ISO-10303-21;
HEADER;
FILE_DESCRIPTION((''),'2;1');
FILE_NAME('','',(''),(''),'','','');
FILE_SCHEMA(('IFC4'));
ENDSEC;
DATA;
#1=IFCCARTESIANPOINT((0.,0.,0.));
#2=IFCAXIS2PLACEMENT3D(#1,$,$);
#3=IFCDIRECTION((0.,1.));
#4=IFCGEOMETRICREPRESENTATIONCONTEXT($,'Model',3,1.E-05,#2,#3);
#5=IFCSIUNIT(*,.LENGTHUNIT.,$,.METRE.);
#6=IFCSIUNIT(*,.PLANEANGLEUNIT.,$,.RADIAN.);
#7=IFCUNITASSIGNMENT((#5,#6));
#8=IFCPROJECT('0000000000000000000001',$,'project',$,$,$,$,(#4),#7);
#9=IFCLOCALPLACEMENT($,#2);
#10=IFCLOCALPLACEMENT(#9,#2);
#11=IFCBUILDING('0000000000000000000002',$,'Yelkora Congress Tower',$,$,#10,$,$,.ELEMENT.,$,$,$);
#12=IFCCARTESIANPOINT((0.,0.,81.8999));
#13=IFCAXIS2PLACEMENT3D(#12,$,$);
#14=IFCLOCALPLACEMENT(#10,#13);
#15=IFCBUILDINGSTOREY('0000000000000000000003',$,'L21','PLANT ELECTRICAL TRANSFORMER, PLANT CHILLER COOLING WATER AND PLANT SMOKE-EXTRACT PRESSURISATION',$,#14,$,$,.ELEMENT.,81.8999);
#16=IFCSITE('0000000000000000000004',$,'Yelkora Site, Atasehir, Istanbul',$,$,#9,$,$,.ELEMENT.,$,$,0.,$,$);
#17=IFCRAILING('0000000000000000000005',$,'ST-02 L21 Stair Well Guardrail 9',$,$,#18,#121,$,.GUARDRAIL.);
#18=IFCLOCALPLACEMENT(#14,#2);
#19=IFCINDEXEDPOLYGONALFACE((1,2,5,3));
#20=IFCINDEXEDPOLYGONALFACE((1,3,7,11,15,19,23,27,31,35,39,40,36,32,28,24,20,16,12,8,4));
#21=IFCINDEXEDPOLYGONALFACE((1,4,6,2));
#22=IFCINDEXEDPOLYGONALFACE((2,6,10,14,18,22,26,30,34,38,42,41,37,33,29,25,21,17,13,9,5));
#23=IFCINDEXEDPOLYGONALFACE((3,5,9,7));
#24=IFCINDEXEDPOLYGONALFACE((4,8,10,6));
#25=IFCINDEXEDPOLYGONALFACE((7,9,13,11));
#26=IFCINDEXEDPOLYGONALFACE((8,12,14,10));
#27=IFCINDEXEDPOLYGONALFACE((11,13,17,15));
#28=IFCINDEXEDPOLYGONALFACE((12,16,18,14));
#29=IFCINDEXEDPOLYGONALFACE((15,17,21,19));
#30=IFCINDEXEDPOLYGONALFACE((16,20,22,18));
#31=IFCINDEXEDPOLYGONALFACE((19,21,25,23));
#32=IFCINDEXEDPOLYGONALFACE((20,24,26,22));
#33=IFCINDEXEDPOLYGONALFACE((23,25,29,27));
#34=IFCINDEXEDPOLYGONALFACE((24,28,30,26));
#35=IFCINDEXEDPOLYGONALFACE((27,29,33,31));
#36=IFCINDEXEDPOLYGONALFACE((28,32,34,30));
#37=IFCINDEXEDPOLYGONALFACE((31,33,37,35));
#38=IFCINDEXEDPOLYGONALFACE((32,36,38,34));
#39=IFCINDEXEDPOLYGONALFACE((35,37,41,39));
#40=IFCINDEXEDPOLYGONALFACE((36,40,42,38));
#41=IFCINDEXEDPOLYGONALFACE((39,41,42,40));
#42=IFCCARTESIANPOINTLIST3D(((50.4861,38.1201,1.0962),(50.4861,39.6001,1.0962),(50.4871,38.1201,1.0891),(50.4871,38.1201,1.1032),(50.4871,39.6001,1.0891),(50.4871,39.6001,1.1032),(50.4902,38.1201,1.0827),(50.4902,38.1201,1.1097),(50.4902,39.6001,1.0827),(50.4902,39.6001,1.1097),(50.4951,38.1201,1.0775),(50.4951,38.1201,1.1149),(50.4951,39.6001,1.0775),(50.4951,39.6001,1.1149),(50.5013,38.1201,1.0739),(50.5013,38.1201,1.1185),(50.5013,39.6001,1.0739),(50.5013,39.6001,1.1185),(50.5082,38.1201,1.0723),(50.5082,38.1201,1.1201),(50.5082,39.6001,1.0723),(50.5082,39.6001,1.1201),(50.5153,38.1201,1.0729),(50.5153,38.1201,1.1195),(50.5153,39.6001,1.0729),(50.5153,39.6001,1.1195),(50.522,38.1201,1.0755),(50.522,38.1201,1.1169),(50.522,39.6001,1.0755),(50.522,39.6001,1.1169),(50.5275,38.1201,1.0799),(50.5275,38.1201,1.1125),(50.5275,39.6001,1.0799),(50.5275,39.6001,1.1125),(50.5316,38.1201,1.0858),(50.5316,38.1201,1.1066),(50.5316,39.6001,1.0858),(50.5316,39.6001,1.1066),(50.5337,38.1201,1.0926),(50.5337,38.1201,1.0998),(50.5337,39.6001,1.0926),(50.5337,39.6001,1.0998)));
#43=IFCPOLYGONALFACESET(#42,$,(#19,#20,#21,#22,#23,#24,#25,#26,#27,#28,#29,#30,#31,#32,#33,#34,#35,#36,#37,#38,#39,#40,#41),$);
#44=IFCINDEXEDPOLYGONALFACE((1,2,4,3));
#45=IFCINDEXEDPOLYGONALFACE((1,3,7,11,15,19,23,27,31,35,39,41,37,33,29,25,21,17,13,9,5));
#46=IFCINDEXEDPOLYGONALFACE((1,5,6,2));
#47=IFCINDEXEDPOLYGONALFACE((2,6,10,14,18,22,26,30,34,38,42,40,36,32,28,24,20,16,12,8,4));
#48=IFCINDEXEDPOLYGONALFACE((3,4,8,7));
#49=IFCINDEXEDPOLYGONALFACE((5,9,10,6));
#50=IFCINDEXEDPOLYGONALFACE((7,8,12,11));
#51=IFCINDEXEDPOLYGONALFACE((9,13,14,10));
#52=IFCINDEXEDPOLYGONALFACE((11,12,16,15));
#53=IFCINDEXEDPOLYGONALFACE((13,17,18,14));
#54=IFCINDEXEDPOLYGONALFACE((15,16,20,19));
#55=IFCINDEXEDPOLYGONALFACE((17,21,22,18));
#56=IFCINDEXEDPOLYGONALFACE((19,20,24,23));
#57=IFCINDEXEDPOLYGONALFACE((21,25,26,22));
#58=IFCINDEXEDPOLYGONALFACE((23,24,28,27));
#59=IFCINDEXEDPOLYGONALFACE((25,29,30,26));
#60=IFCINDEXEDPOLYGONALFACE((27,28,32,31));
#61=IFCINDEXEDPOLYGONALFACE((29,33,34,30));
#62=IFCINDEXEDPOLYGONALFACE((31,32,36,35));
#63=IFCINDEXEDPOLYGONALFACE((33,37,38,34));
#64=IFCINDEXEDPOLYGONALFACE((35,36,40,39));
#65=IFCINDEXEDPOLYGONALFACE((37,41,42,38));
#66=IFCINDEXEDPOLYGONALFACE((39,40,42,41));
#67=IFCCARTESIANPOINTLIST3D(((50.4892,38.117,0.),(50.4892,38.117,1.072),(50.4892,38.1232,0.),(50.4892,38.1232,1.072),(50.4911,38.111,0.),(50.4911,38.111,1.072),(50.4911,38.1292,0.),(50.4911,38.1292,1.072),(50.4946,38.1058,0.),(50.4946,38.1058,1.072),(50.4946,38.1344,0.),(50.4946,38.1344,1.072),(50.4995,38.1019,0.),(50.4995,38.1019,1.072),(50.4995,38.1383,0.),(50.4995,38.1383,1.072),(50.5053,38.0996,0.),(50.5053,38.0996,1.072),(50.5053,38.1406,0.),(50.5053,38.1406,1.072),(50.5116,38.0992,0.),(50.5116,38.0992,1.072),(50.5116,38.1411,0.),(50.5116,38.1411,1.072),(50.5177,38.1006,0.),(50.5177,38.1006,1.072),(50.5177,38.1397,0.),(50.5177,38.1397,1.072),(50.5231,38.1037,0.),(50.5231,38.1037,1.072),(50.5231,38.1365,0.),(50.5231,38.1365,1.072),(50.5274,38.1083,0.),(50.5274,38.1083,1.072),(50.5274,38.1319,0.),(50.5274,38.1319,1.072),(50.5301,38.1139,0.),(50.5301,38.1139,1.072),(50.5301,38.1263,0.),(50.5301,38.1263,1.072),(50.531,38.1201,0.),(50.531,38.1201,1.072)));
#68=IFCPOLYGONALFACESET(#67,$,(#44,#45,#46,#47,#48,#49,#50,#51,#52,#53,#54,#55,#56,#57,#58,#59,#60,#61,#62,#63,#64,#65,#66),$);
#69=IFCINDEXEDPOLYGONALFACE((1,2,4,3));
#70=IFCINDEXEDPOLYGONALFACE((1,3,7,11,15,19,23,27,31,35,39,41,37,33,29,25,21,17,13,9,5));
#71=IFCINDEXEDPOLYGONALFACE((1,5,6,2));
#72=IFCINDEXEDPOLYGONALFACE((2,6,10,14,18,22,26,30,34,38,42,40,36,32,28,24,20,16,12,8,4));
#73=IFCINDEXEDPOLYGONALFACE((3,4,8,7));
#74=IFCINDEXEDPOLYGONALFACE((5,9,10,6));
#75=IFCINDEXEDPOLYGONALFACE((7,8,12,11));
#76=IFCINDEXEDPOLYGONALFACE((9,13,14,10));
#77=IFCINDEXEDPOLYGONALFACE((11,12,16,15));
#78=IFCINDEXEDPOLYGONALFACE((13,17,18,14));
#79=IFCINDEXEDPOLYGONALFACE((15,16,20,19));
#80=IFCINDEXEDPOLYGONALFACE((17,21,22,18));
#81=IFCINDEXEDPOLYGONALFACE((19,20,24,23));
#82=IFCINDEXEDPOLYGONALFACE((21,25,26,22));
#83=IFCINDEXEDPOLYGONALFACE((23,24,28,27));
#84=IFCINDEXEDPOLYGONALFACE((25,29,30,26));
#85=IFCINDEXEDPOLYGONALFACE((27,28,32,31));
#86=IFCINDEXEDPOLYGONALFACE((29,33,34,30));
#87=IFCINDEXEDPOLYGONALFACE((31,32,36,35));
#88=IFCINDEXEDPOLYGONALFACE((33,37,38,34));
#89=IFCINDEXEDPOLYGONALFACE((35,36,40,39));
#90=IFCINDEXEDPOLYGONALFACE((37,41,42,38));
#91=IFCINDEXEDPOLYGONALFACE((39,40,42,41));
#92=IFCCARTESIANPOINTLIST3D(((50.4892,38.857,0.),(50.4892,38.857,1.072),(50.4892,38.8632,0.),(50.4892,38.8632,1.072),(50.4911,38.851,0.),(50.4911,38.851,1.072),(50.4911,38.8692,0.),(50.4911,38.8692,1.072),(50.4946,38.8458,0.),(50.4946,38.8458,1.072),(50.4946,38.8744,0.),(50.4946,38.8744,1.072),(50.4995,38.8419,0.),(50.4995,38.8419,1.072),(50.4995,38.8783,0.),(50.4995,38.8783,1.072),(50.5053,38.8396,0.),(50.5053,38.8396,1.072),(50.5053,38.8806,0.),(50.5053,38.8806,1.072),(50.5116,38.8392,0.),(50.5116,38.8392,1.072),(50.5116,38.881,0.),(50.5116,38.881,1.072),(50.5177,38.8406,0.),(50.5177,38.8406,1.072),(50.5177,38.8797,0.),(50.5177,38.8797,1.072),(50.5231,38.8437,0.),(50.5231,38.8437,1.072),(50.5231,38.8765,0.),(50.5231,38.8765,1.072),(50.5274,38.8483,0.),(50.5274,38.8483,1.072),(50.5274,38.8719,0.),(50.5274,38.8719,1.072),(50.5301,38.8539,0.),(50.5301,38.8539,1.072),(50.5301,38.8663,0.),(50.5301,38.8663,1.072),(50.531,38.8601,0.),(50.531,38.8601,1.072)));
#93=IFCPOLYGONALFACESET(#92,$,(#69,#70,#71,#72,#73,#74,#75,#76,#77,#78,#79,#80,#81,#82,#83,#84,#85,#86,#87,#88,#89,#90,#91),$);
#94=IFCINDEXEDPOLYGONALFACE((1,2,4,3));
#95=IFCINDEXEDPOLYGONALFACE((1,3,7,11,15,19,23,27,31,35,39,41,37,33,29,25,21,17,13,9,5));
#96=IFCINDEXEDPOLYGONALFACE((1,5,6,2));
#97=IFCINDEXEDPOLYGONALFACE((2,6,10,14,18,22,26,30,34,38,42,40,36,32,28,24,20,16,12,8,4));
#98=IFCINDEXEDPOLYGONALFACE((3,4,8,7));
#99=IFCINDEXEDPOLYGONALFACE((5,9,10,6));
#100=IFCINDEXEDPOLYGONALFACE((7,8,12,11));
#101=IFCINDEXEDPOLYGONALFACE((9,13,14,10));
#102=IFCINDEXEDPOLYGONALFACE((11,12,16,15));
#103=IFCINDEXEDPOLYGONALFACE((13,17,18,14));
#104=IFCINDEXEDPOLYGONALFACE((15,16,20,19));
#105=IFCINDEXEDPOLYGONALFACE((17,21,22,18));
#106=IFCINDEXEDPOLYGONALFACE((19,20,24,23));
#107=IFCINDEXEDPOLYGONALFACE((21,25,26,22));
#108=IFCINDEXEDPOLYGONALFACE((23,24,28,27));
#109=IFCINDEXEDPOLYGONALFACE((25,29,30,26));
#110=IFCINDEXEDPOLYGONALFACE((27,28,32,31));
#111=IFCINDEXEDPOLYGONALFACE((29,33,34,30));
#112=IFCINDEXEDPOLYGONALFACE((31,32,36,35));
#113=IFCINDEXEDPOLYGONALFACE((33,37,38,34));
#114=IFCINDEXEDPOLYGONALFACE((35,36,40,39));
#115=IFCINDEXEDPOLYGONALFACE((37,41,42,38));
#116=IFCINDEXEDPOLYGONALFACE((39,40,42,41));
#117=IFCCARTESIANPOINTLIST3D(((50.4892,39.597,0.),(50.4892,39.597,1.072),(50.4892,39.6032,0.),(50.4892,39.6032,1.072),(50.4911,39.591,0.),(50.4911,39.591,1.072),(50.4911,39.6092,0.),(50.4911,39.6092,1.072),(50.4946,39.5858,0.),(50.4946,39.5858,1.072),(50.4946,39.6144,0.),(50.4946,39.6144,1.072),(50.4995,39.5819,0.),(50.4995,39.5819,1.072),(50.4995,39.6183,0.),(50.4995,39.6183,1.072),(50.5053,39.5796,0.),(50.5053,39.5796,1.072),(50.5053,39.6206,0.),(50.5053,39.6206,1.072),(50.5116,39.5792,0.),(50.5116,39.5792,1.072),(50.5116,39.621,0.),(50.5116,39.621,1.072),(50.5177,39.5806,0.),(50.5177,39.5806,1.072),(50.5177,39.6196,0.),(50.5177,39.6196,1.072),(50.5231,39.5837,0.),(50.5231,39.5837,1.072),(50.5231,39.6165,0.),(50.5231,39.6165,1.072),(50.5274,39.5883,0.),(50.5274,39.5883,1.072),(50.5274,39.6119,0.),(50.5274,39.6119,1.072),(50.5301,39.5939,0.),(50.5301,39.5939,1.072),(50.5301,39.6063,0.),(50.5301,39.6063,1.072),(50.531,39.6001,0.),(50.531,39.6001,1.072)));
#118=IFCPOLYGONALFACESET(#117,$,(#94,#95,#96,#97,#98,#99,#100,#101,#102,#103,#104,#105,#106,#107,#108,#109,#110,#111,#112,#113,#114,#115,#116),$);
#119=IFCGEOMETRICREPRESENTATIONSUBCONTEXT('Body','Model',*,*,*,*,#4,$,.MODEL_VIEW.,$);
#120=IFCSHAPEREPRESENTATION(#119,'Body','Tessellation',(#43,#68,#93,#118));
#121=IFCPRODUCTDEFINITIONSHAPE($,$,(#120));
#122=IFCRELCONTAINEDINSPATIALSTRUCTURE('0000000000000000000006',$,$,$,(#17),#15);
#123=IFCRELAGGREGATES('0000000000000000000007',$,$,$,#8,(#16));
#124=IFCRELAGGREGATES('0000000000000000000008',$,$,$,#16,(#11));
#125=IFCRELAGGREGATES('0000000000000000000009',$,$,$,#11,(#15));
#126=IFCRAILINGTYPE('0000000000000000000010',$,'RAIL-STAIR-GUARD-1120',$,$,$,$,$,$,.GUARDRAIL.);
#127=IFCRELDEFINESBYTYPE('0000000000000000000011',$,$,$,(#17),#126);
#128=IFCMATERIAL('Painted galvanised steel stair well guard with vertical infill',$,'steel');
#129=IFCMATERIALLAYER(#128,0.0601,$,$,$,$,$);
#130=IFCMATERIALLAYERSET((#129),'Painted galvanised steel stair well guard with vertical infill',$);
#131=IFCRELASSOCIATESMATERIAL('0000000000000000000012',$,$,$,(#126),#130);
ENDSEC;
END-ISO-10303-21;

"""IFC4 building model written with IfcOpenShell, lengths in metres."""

from ifc_helpers import new_model, si_unit, direction, frame, origin, origin_2d, place, context, subcontext, project, spatial, circle, extrude, material, layer, layer_set, type_object, element, save


model = new_model("IFC4")

# Units and contexts
model_context = context("Model", 3, precision=1e-05, world=origin(), true_north=direction((0.0, 1.0)))
body_context = subcontext(model_context, "Body", "Model", "MODEL_VIEW")
ifc_project = project(units=[si_unit("LENGTHUNIT", "METRE"), si_unit("PLANEANGLEUNIT", "RADIAN")], contexts=[model_context])

# Site, building, storey
site_placement = place(None, origin())
site = spatial("IfcSite", under=ifc_project, at=site_placement, Name="Yelkora Site, Atasehir, Istanbul", CompositionType="ELEMENT", RefElevation=0.0)
building_placement = place(site_placement, origin())
building = spatial("IfcBuilding", under=site, at=building_placement, Name="Yelkora Congress Tower", CompositionType="ELEMENT")
storey_placement = place(building_placement, frame((0.0, 0.0, 81.8999)))
storey = spatial("IfcBuildingStorey", under=building, at=storey_placement, Name="L21", Description="PLANT ELECTRICAL TRANSFORMER, PLANT CHILLER COOLING WATER AND PLANT SMOKE-EXTRACT PRESSURISATION", CompositionType="ELEMENT", Elevation=81.8999)

# Railing
ifc_material_1 = material(Name="Painted galvanised steel stair well guard with vertical infill", Category="steel")
ifc_layer_1 = layer(ifc_material_1, 0.0601)
ifc_layer_set_1 = layer_set([ifc_layer_1], Name="Painted galvanised steel stair well guard with vertical infill")
railing_type_1 = type_object("IfcRailingType", Name="RAIL-STAIR-GUARD-1120", PredefinedType="GUARDRAIL", material=ifc_layer_set_1)
for number, where, name in (
    (1, (50.51, 38.1201, 0.0), "ST-02 L21 Stair Well Guardrail 9"),
):
    element("IfcRailing", number, at=place(storey_placement, frame(where)), inside=storey, type_object=railing_type_1, Name=name, PredefinedType="GUARDRAIL", context=body_context, shape_type="SweptSolid", body=[
        extrude(circle(Radius=0.0239, at=origin_2d()), frame((0.0, 0.0, 1.0962), z_axis=(0.0, 1.0, 0.0), x_axis=(-1.0, 0.0, 0.0)), (0.0, 0.0, 1.0), 1.48),
        extrude(circle(Radius=0.021, at=origin_2d()), origin(), (0.0, 0.0, 1.0), 1.072),
        extrude(circle(Radius=0.021, at=origin_2d()), frame((0.0, 0.74, 0.0)), (0.0, 0.0, 1.0), 1.072),
        extrude(circle(Radius=0.021, at=origin_2d()), frame((0.0, 1.48, 0.0)), (0.0, 0.0, 1.0), 1.072),
    ])

save(model, "model.ifc")
